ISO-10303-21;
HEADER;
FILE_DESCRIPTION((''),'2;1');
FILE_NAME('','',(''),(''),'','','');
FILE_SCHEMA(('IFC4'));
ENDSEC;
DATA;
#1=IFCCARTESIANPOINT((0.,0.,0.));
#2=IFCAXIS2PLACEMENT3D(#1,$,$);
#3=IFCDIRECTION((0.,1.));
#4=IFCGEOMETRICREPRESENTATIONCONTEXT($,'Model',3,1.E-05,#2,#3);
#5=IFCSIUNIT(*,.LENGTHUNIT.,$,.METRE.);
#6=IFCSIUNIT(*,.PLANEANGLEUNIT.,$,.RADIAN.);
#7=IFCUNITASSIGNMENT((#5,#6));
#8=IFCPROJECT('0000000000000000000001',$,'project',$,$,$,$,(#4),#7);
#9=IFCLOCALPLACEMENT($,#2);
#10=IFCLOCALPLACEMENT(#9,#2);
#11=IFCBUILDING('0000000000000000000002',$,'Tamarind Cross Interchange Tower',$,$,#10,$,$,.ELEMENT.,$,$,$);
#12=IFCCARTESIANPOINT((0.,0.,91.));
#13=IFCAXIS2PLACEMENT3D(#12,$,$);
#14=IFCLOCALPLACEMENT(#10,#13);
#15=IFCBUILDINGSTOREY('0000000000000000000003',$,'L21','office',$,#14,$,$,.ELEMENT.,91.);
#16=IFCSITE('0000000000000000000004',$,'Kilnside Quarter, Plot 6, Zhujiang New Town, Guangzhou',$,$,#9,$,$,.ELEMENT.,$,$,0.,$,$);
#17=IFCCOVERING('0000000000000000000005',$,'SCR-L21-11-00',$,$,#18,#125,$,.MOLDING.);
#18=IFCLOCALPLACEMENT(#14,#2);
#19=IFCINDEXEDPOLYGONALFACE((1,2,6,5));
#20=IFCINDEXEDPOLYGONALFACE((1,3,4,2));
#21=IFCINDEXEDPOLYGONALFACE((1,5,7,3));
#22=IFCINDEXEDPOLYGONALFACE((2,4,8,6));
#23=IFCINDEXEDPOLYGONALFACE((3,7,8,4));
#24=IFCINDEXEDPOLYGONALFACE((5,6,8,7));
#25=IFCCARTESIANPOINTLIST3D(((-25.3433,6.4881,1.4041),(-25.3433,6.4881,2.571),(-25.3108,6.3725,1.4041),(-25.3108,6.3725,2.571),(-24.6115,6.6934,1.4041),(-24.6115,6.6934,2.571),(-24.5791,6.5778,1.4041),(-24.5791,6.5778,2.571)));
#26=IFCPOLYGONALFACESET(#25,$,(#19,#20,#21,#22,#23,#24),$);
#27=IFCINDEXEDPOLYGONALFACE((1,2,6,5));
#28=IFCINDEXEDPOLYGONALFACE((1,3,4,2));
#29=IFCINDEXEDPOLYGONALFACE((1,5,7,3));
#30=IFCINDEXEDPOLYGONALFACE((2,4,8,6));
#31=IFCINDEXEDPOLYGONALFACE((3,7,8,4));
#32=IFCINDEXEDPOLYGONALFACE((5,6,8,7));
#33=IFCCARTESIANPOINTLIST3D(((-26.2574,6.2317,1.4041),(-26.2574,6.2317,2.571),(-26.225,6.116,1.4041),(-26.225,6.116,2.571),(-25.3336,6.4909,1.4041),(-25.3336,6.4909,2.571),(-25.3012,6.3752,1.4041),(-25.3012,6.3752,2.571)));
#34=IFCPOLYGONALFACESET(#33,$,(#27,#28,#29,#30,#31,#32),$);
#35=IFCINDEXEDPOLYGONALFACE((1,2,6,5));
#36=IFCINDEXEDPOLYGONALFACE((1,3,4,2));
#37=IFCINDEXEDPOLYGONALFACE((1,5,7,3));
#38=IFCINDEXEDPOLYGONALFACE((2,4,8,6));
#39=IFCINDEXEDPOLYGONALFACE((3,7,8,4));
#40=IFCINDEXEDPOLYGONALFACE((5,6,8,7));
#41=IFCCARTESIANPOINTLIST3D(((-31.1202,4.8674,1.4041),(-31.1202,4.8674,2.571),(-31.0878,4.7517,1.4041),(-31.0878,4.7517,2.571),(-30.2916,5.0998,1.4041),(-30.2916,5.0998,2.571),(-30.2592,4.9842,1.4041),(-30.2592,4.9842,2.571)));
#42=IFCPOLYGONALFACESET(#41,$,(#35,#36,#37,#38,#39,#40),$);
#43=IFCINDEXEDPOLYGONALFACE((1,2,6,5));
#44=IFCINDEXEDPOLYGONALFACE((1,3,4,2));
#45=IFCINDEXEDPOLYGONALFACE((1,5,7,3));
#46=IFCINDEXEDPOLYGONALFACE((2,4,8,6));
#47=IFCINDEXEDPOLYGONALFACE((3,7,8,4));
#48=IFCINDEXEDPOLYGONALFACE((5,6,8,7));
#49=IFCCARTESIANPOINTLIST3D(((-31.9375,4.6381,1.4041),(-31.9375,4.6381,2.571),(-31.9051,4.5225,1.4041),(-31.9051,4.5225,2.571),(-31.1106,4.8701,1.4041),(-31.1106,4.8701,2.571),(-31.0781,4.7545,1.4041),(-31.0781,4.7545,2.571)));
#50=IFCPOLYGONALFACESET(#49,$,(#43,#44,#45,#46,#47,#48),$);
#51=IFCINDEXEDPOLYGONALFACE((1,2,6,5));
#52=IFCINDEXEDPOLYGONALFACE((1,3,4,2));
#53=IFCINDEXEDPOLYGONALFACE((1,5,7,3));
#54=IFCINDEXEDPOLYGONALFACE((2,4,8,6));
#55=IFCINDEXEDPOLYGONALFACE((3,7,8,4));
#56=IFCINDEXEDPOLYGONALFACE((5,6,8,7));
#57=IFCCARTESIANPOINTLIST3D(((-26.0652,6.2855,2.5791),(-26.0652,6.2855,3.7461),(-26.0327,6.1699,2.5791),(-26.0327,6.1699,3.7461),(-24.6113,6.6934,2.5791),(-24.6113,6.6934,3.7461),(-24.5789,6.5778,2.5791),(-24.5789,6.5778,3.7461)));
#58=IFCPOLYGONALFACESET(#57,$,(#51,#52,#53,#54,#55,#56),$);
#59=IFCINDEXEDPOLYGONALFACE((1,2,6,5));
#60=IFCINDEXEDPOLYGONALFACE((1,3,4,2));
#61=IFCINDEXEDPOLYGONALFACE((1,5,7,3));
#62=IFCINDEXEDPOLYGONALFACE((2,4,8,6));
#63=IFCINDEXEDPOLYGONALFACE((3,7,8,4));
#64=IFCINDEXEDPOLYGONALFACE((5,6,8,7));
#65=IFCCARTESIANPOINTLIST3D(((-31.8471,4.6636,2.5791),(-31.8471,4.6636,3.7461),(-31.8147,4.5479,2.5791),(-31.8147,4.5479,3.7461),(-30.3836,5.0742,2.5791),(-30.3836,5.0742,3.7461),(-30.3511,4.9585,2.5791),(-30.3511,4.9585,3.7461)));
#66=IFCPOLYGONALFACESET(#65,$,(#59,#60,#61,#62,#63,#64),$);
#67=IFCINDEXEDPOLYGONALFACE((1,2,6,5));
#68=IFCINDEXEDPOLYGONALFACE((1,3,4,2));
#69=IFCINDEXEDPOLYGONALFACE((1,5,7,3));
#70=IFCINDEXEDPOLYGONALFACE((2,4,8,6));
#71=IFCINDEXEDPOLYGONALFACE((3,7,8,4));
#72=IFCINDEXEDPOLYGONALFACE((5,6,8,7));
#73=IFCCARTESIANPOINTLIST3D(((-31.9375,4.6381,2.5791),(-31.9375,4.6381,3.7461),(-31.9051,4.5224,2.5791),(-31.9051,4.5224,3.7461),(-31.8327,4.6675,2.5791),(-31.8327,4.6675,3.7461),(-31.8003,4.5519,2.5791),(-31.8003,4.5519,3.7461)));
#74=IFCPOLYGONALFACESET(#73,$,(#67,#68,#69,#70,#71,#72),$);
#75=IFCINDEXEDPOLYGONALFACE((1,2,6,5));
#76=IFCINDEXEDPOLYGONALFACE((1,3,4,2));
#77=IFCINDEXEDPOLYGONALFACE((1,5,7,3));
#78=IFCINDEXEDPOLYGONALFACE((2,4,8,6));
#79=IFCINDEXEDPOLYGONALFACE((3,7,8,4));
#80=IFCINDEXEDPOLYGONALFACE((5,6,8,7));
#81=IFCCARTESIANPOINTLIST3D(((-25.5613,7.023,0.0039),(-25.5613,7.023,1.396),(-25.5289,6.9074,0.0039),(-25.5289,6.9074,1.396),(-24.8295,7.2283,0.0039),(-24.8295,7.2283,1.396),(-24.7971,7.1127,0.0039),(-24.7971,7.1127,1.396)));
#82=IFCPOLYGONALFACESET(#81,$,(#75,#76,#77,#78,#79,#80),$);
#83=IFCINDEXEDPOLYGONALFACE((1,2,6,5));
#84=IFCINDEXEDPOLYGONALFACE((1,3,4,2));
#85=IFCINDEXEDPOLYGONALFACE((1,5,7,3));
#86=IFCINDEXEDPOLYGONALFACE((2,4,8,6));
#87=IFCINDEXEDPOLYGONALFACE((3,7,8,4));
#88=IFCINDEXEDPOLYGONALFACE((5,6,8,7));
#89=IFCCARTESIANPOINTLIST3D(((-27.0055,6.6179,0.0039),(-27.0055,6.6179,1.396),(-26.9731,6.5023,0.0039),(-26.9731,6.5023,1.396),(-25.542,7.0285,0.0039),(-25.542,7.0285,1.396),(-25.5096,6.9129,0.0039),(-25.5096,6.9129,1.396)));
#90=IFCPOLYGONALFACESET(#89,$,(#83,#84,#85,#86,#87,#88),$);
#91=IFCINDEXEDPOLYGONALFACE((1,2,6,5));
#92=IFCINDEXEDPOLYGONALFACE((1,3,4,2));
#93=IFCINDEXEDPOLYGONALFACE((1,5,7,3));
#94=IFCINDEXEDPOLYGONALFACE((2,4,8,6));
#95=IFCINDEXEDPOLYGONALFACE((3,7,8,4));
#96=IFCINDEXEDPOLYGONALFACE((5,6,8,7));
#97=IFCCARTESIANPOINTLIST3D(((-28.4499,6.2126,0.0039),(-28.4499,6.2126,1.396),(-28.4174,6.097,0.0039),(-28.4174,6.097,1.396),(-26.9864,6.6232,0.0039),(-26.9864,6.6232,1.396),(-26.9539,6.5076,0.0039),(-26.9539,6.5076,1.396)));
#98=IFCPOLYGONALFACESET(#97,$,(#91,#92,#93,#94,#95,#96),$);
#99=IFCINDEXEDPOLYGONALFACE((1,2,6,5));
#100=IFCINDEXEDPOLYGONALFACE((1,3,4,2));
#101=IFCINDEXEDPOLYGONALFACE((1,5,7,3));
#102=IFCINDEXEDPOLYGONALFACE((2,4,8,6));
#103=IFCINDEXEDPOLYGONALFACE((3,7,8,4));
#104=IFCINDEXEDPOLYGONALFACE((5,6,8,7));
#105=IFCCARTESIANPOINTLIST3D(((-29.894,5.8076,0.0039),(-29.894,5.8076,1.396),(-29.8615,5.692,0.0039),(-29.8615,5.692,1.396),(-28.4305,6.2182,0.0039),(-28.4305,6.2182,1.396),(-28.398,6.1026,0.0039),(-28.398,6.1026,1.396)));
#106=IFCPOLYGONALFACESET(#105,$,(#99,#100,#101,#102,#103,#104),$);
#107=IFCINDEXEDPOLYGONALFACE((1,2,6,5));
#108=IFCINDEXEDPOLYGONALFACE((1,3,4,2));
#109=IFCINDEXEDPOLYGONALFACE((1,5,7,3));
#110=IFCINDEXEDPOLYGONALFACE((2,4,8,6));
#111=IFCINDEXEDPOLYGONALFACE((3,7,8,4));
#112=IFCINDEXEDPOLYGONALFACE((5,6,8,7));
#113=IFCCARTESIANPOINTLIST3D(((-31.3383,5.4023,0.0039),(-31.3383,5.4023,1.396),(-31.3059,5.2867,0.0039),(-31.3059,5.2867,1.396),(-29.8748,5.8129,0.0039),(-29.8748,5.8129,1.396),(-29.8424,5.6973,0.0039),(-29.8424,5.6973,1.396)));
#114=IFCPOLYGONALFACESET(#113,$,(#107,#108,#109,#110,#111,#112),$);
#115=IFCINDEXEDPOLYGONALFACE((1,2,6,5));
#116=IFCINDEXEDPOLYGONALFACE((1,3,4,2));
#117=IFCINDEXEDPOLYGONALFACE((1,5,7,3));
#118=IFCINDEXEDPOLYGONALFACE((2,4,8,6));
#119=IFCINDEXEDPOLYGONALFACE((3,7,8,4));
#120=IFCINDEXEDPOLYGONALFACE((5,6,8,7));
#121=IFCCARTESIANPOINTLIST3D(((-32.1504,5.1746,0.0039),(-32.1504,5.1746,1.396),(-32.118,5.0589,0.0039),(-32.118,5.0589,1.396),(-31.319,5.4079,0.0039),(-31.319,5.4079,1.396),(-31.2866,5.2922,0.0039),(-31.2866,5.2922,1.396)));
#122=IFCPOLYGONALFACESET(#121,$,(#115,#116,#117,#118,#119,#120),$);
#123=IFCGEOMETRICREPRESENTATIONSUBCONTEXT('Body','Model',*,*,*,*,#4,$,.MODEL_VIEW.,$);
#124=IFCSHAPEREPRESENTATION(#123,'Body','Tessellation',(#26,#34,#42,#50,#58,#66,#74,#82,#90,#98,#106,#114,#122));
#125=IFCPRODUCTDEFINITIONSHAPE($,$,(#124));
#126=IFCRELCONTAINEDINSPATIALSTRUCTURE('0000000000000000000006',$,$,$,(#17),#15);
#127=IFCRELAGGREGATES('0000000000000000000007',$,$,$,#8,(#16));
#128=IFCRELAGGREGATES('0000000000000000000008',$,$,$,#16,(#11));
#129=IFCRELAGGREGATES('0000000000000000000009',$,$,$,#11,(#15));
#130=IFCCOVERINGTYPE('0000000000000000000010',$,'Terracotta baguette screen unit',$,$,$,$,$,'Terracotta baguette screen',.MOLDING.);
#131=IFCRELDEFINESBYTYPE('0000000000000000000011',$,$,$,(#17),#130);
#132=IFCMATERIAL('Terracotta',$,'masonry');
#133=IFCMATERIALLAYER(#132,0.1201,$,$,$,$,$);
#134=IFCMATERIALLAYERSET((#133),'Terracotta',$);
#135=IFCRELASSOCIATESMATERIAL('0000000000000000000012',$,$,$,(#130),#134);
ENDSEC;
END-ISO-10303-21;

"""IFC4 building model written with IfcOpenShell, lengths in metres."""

from ifc_helpers import new_model, si_unit, direction, frame, origin, origin_2d, place, context, subcontext, project, spatial, rectangle, extrude, material, layer, layer_set, type_object, element, save


model = new_model("IFC4")

# Units and contexts
model_context = context("Model", 3, precision=1e-05, world=origin(), true_north=direction((0.0, 1.0)))
body_context = subcontext(model_context, "Body", "Model", "MODEL_VIEW")
ifc_project = project(units=[si_unit("LENGTHUNIT", "METRE"), si_unit("PLANEANGLEUNIT", "RADIAN")], contexts=[model_context])

# Site, building, storey
site_placement = place(None, origin())
site = spatial("IfcSite", under=ifc_project, at=site_placement, Name="Kilnside Quarter, Plot 6, Zhujiang New Town, Guangzhou", CompositionType="ELEMENT", RefElevation=0.0)
building_placement = place(site_placement, origin())
building = spatial("IfcBuilding", under=site, at=building_placement, Name="Tamarind Cross Interchange Tower", CompositionType="ELEMENT")
storey_placement = place(building_placement, frame((0.0, 0.0, 91.0)))
storey = spatial("IfcBuildingStorey", under=building, at=storey_placement, Name="L21", Description="office", CompositionType="ELEMENT", Elevation=91.0)

# Covering
ifc_material_1 = material(Name="Terracotta", Category="masonry")
ifc_layer_1 = layer(ifc_material_1, 0.1201)
ifc_layer_set_1 = layer_set([ifc_layer_1], Name="Terracotta")
covering_type = type_object("IfcCoveringType", Name="Terracotta baguette screen unit", ElementType="Terracotta baguette screen", PredefinedType="MOLDING", material=ifc_layer_set_1)
covering_1_placement = place(storey_placement, origin())
element("IfcCovering", 1, at=covering_1_placement, inside=storey, type_object=covering_type, Name="SCR-L21-11-00", PredefinedType="MOLDING", context=body_context, shape_type="SweptSolid", body=[
    extrude(rectangle(XDim=0.76, YDim=0.1201, at=origin_2d()), frame((-24.9612, 6.533, 1.4041), z_axis=(0.0, 0.0, 1.0), x_axis=(-0.962824, -0.27013, 0.0)), (0.0, 0.0, 1.0), 1.167),
    extrude(rectangle(XDim=0.9595, YDim=0.1201, at=origin_2d()), frame((-25.7793, 6.3035, 1.4041), z_axis=(0.0, 0.0, 1.0), x_axis=(-0.962824, -0.27013, 0.0)), (0.0, 0.0, 1.0), 1.167),
    extrude(rectangle(XDim=0.8606, YDim=0.1201, at=origin_2d()), frame((-30.6897, 4.9258, 1.4041), z_axis=(0.0, 0.0, 1.0), x_axis=(-0.962824, -0.27013, 0.0)), (0.0, 0.0, 1.0), 1.167),
    extrude(rectangle(XDim=0.8589, YDim=0.1201, at=origin_2d()), frame((-31.5078, 4.6963, 1.4041), z_axis=(0.0, 0.0, 1.0), x_axis=(-0.962824, -0.27013, 0.0)), (0.0, 0.0, 1.0), 1.167),
    extrude(rectangle(XDim=1.51, YDim=0.1201, at=origin_2d()), frame((-25.322, 6.4316, 2.5791), z_axis=(0.0, 0.0, 1.0), x_axis=(-0.962824, -0.27013, 0.0)), (0.0, 0.0, 1.0), 1.167),
    extrude(rectangle(XDim=1.52, YDim=0.1201, at=origin_2d()), frame((-31.0991, 4.811, 2.5791), z_axis=(0.0, 0.0, 1.0), x_axis=(-0.962824, -0.27013, 0.0)), (0.0, 0.0, 1.0), 1.167),
    extrude(rectangle(XDim=0.1089, YDim=0.1201, at=origin_2d()), frame((-31.8689, 4.595, 2.5791), z_axis=(0.0, 0.0, 1.0), x_axis=(-0.962824, -0.27013, 0.0)), (0.0, 0.0, 1.0), 1.167),
    extrude(rectangle(XDim=0.76, YDim=0.1201, at=origin_2d()), frame((-25.1792, 7.0679, 0.0039), z_axis=(0.0, 0.0, 1.0), x_axis=(-0.962824, -0.27013, 0.0)), (0.0, 0.0, 1.0), 1.3921),
    extrude(rectangle(XDim=1.52, YDim=0.1201, at=origin_2d()), frame((-26.2576, 6.7654, 0.0039), z_axis=(0.0, 0.0, 1.0), x_axis=(-0.962824, -0.27013, 0.0)), (0.0, 0.0, 1.0), 1.3921),
    extrude(rectangle(XDim=1.52, YDim=0.1201, at=origin_2d()), frame((-27.7019, 6.3601, 0.0039), z_axis=(0.0, 0.0, 1.0), x_axis=(-0.962824, -0.27013, 0.0)), (0.0, 0.0, 1.0), 1.3921),
    extrude(rectangle(XDim=1.52, YDim=0.1201, at=origin_2d()), frame((-29.146, 5.9551, 0.0039), z_axis=(0.0, 0.0, 1.0), x_axis=(-0.962824, -0.27013, 0.0)), (0.0, 0.0, 1.0), 1.3921),
    extrude(rectangle(XDim=1.52, YDim=0.1201, at=origin_2d()), frame((-30.5903, 5.5498, 0.0039), z_axis=(0.0, 0.0, 1.0), x_axis=(-0.962824, -0.27013, 0.0)), (0.0, 0.0, 1.0), 1.3921),
    extrude(rectangle(XDim=0.8635, YDim=0.1201, at=origin_2d()), frame((-31.7185, 5.2334, 0.0039), z_axis=(0.0, 0.0, 1.0), x_axis=(-0.962824, -0.27013, 0.0)), (0.0, 0.0, 1.0), 1.3921),
])

save(model, "model.ifc")
